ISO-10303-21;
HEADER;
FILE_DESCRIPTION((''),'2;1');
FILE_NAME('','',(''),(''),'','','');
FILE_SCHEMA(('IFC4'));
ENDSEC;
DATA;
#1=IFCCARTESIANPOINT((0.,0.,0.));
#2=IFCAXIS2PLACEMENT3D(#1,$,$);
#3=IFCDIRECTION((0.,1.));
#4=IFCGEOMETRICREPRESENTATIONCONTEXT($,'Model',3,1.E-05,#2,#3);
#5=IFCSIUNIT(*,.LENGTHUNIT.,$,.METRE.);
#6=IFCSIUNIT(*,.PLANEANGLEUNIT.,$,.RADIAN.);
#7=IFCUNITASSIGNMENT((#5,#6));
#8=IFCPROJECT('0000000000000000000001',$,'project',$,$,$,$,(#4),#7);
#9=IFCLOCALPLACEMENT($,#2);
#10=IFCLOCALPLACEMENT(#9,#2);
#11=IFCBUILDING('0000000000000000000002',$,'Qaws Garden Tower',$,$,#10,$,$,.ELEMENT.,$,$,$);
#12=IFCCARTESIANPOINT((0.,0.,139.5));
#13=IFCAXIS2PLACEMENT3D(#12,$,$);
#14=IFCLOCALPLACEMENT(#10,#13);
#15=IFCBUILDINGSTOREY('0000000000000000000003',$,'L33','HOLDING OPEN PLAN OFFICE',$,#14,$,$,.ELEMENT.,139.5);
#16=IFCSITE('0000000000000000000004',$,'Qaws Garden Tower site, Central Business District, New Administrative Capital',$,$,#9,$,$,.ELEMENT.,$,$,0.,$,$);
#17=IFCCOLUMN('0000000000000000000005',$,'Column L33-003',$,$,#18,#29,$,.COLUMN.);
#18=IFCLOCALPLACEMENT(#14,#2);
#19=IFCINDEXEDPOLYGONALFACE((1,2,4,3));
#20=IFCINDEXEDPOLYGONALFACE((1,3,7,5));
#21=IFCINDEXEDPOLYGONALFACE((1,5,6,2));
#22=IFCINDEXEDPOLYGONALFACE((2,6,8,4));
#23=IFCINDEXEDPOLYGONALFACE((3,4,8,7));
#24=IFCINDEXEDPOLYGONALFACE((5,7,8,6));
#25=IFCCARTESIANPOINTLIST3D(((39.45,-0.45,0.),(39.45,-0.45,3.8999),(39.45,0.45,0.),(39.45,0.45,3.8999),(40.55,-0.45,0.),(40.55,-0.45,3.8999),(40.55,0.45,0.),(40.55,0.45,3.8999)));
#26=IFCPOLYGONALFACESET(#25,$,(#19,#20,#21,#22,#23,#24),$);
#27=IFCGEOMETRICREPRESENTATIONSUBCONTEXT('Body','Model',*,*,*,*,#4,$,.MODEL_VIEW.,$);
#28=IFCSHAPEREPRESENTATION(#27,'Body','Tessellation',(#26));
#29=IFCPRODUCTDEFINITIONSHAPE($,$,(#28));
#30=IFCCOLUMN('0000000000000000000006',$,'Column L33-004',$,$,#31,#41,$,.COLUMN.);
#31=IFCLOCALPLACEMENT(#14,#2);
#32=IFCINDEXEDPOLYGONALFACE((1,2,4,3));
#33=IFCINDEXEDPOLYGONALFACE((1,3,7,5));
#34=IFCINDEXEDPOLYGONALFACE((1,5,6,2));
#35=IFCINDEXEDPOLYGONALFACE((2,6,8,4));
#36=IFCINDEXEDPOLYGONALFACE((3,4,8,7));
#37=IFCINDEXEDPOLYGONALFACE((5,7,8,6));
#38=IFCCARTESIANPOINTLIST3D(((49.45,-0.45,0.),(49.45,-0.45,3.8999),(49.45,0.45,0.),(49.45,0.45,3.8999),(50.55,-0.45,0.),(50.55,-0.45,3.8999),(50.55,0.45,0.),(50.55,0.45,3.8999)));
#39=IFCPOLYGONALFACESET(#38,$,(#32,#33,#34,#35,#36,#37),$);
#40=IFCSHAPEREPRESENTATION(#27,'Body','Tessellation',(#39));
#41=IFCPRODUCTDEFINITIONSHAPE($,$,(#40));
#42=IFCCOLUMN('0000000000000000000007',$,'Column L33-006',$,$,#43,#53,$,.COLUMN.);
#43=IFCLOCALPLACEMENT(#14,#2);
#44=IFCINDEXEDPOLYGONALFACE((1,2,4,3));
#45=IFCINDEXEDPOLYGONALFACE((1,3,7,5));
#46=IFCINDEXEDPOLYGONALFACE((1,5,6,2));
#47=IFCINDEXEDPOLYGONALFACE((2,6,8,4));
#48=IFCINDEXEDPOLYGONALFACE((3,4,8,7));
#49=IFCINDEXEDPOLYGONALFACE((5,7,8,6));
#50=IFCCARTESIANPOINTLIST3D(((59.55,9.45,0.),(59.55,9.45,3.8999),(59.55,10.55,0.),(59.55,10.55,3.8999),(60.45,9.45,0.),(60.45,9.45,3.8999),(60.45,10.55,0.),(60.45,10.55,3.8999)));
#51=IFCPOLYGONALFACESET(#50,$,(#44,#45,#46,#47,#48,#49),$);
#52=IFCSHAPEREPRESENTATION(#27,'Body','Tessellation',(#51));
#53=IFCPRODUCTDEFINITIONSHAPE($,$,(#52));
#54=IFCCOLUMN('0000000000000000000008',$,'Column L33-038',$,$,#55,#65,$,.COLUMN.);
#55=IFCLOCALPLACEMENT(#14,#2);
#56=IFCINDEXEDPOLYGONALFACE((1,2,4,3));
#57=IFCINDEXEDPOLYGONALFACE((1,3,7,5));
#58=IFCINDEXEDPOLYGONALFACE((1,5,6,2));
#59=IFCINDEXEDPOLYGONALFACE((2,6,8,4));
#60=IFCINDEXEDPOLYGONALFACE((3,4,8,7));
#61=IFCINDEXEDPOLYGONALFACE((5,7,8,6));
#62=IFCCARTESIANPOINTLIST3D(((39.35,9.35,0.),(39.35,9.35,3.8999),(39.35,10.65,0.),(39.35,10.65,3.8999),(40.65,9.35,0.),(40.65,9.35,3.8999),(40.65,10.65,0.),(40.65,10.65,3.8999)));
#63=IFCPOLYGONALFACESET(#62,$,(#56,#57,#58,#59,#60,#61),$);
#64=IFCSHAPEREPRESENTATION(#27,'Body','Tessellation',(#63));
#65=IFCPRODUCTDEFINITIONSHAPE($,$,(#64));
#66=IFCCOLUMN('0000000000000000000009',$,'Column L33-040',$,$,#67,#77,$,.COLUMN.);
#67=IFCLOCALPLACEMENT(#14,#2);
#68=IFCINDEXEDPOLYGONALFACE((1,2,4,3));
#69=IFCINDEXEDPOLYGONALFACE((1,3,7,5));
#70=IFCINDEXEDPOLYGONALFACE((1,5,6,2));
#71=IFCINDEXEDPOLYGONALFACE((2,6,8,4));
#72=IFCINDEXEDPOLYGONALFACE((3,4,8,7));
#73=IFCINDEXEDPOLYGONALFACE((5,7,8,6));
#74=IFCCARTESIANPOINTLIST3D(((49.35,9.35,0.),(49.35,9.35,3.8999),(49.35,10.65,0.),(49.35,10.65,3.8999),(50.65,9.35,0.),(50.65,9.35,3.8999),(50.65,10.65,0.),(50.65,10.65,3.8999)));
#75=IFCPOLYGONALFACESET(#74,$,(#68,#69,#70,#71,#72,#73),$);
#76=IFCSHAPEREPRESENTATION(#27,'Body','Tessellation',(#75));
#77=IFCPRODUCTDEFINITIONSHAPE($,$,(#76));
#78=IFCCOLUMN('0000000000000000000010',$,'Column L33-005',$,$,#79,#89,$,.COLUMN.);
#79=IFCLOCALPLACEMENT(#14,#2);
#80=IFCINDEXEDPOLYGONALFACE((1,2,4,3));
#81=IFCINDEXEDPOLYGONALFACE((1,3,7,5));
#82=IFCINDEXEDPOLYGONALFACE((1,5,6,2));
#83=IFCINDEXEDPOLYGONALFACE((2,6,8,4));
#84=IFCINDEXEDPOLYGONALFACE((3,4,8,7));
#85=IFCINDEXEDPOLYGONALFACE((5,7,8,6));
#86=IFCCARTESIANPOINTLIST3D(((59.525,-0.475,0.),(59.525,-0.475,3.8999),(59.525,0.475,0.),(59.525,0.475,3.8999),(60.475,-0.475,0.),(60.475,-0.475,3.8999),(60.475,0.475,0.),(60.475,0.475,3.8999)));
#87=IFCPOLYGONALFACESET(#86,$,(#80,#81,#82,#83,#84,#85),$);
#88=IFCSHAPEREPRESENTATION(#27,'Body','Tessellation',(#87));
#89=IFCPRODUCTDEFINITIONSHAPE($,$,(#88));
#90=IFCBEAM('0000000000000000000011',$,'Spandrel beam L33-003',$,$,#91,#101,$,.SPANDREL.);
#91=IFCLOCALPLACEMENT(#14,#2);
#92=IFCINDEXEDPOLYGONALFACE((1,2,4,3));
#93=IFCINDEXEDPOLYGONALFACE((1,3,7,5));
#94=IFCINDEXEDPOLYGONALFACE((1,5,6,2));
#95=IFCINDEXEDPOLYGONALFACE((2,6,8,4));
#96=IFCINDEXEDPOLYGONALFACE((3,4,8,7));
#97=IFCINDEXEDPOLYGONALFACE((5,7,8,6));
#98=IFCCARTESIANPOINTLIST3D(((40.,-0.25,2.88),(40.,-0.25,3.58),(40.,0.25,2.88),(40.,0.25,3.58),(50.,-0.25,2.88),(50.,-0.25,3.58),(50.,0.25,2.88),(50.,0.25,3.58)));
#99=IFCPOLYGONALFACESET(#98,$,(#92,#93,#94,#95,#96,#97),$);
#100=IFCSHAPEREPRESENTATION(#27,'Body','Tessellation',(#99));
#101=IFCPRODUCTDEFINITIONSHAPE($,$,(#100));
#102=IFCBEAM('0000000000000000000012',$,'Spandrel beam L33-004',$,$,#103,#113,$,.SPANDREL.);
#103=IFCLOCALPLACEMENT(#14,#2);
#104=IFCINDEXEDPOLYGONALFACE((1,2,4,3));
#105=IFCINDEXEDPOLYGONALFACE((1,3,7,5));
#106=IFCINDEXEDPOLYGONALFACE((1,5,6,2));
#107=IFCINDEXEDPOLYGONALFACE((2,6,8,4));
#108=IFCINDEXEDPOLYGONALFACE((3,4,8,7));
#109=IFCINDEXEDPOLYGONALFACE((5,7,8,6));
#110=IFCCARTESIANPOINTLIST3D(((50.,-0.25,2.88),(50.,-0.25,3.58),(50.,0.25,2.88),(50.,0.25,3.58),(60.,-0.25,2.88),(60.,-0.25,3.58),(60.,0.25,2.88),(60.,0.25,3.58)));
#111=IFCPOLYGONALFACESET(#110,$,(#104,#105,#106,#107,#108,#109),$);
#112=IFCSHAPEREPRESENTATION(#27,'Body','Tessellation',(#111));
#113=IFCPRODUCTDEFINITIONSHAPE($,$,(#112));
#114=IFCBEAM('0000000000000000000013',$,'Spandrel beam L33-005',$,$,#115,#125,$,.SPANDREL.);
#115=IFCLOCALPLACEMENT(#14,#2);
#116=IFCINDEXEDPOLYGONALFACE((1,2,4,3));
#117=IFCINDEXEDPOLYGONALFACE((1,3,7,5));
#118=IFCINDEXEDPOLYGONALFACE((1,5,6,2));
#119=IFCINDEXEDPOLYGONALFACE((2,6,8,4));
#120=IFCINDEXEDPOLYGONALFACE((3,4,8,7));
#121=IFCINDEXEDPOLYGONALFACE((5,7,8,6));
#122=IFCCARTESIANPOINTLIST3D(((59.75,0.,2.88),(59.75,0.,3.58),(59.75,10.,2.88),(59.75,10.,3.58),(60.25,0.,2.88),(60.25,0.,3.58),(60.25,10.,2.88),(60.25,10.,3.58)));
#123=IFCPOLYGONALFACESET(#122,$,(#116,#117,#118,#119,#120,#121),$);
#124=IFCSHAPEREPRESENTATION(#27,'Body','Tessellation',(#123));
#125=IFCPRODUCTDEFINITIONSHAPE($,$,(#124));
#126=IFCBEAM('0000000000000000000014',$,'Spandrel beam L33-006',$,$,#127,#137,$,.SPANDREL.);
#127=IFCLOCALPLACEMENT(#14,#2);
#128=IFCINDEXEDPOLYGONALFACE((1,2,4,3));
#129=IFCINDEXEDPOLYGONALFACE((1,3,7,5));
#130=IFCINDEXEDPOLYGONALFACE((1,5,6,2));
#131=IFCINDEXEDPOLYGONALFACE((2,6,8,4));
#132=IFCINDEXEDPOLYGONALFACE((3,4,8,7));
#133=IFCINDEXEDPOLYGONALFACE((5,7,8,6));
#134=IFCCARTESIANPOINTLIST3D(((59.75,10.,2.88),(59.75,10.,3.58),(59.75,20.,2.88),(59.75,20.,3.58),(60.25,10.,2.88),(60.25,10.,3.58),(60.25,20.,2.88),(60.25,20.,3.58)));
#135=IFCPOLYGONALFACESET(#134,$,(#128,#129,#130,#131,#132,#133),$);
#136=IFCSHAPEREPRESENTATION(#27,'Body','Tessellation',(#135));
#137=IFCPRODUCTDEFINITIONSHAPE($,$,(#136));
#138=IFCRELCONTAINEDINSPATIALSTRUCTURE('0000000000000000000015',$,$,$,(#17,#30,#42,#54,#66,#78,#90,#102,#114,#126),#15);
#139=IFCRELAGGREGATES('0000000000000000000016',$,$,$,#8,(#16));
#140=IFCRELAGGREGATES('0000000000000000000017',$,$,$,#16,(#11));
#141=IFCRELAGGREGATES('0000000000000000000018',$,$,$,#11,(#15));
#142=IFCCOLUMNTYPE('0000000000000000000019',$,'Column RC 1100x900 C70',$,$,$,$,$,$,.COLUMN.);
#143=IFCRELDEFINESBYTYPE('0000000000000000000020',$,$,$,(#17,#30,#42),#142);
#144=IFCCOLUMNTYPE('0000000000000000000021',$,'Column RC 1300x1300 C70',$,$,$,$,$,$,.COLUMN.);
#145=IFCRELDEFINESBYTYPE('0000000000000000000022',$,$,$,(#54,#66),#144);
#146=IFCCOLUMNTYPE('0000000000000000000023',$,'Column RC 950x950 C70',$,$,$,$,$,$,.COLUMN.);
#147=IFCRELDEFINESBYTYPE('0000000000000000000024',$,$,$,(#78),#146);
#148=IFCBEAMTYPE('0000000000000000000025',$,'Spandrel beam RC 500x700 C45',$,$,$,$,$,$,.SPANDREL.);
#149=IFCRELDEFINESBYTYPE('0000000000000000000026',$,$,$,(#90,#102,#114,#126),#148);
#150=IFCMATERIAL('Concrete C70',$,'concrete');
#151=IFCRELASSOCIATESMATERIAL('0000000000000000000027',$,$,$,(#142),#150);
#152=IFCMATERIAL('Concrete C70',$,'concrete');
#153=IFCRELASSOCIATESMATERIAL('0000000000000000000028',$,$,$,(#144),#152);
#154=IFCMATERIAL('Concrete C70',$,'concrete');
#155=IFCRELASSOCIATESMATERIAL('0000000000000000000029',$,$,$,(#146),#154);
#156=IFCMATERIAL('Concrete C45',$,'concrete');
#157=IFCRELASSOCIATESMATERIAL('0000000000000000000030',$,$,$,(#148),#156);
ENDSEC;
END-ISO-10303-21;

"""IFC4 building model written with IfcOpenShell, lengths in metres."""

from ifc_helpers import new_model, si_unit, direction, frame, origin, origin_2d, place, context, subcontext, project, spatial, rectangle, extrude, material, material_profile, profile_set, type_object, element, save


model = new_model("IFC4")

# Units and contexts
model_context = context("Model", 3, precision=1e-05, world=origin(), true_north=direction((0.0, 1.0)))
body_context = subcontext(model_context, "Body", "Model", "MODEL_VIEW")
ifc_project = project(units=[si_unit("LENGTHUNIT", "METRE"), si_unit("PLANEANGLEUNIT", "RADIAN")], contexts=[model_context])

# Site, building, storey
site_placement = place(None, origin())
site = spatial("IfcSite", under=ifc_project, at=site_placement, Name="Qaws Garden Tower site, Central Business District, New Administrative Capital", CompositionType="ELEMENT", RefElevation=0.0)
building_placement = place(site_placement, origin())
building = spatial("IfcBuilding", under=site, at=building_placement, Name="Qaws Garden Tower", CompositionType="ELEMENT")
storey_placement = place(building_placement, frame((0.0, 0.0, 139.5)))
storey = spatial("IfcBuildingStorey", under=building, at=storey_placement, Name="L33", Description="HOLDING OPEN PLAN OFFICE", CompositionType="ELEMENT", Elevation=139.5)

# Columns
ifc_material_1 = material(Name="Concrete C70", Category="concrete")
ifc_material_profile_1 = material_profile(ifc_material_1, rectangle(XDim=1.1001, YDim=0.8999, at=origin_2d()), Name="RC 1100x900")
ifc_profile_set_1 = profile_set([ifc_material_profile_1], Name="Concrete C70")
column_type_1 = type_object("IfcColumnType", Name="Column RC 1100x900 C70", PredefinedType="COLUMN", material=ifc_profile_set_1)
for number, where, z_axis, x_axis, name in (
    (1, (40.0, 0.0, 0.0), (0.0, 0.0, 1.0), (1.0, 0.0, 0.0), "Column L33-003"),
    (2, (50.0, 0.0, 0.0), (0.0, 0.0, 1.0), (1.0, 0.0, 0.0), "Column L33-004"),
    (3, (60.0, 10.0, 0.0), (0.0, 0.0, 1.0), (0.0, 1.0, 0.0), "Column L33-006"),
):
    element("IfcColumn", number, at=place(storey_placement, frame(where, z_axis=z_axis, x_axis=x_axis)), inside=storey, type_object=column_type_1, Name=name, PredefinedType="COLUMN", context=body_context, shape_type="SweptSolid", body=[
        extrude(rectangle(XDim=1.1001, YDim=0.8999, at=origin_2d()), origin(), (0.0, 0.0, 1.0), 3.8999),
    ])
ifc_material_2 = material(Name="Concrete C70", Category="concrete")
ifc_material_profile_2 = material_profile(ifc_material_2, rectangle(XDim=1.3, YDim=1.3, at=origin_2d()), Name="RC 1300x1300")
ifc_profile_set_2 = profile_set([ifc_material_profile_2], Name="Concrete C70")
column_type_2 = type_object("IfcColumnType", Name="Column RC 1300x1300 C70", PredefinedType="COLUMN", material=ifc_profile_set_2)
for number, where, z_axis, x_axis, name in (
    (4, (40.0, 10.0, 0.0), (0.0, 0.0, 1.0), (1.0, 0.0, 0.0), "Column L33-038"),
    (5, (50.0, 10.0, 0.0), (0.0, 0.0, 1.0), (1.0, 0.0, 0.0), "Column L33-040"),
):
    element("IfcColumn", number, at=place(storey_placement, frame(where, z_axis=z_axis, x_axis=x_axis)), inside=storey, type_object=column_type_2, Name=name, PredefinedType="COLUMN", context=body_context, shape_type="SweptSolid", body=[
        extrude(rectangle(XDim=1.3, YDim=1.3, at=origin_2d()), origin(), (0.0, 0.0, 1.0), 3.8999),
    ])
ifc_material_3 = material(Name="Concrete C70", Category="concrete")
ifc_material_profile_3 = material_profile(ifc_material_3, rectangle(XDim=0.95, YDim=0.95, at=origin_2d()), Name="RC 950x950")
ifc_profile_set_3 = profile_set([ifc_material_profile_3], Name="Concrete C70")
column_type_3 = type_object("IfcColumnType", Name="Column RC 950x950 C70", PredefinedType="COLUMN", material=ifc_profile_set_3)
column_placement = place(storey_placement, frame((60.0, 0.0, 0.0), z_axis=(0.0, 0.0, 1.0), x_axis=(1.0, 0.0, 0.0)))
element("IfcColumn", 6, at=column_placement, inside=storey, type_object=column_type_3, Name="Column L33-005", PredefinedType="COLUMN", context=body_context, shape_type="SweptSolid", body=[
    extrude(rectangle(XDim=0.95, YDim=0.95, at=origin_2d()), origin(), (0.0, 0.0, 1.0), 3.8999),
])

# Beams
ifc_material_4 = material(Name="Concrete C45", Category="concrete")
ifc_material_profile_4 = material_profile(ifc_material_4, rectangle(XDim=0.5, YDim=0.7, at=origin_2d()), Name="RC 500x700")
ifc_profile_set_4 = profile_set([ifc_material_profile_4], Name="Concrete C45")
beam_type = type_object("IfcBeamType", Name="Spandrel beam RC 500x700 C45", PredefinedType="SPANDREL", material=ifc_profile_set_4)
for number, where, z_axis, x_axis, name in (
    (7, (40.0, 0.0, 3.23), (1.0, 0.0, 0.0), (0.0, 1.0, 0.0), "Spandrel beam L33-003"),
    (8, (50.0, 0.0, 3.23), (1.0, 0.0, 0.0), (0.0, 1.0, 0.0), "Spandrel beam L33-004"),
    (9, (60.0, 0.0, 3.23), (0.0, 1.0, 0.0), (-1.0, 0.0, 0.0), "Spandrel beam L33-005"),
    (10, (60.0, 10.0, 3.23), (0.0, 1.0, 0.0), (-1.0, 0.0, 0.0), "Spandrel beam L33-006"),
):
    element("IfcBeam", number, at=place(storey_placement, frame(where, z_axis=z_axis, x_axis=x_axis)), inside=storey, type_object=beam_type, Name=name, PredefinedType="SPANDREL", context=body_context, shape_type="SweptSolid", body=[
        extrude(rectangle(XDim=0.5, YDim=0.7, at=origin_2d()), origin(), (0.0, 0.0, 1.0), 10.0),
    ])

save(model, "model.ifc")
